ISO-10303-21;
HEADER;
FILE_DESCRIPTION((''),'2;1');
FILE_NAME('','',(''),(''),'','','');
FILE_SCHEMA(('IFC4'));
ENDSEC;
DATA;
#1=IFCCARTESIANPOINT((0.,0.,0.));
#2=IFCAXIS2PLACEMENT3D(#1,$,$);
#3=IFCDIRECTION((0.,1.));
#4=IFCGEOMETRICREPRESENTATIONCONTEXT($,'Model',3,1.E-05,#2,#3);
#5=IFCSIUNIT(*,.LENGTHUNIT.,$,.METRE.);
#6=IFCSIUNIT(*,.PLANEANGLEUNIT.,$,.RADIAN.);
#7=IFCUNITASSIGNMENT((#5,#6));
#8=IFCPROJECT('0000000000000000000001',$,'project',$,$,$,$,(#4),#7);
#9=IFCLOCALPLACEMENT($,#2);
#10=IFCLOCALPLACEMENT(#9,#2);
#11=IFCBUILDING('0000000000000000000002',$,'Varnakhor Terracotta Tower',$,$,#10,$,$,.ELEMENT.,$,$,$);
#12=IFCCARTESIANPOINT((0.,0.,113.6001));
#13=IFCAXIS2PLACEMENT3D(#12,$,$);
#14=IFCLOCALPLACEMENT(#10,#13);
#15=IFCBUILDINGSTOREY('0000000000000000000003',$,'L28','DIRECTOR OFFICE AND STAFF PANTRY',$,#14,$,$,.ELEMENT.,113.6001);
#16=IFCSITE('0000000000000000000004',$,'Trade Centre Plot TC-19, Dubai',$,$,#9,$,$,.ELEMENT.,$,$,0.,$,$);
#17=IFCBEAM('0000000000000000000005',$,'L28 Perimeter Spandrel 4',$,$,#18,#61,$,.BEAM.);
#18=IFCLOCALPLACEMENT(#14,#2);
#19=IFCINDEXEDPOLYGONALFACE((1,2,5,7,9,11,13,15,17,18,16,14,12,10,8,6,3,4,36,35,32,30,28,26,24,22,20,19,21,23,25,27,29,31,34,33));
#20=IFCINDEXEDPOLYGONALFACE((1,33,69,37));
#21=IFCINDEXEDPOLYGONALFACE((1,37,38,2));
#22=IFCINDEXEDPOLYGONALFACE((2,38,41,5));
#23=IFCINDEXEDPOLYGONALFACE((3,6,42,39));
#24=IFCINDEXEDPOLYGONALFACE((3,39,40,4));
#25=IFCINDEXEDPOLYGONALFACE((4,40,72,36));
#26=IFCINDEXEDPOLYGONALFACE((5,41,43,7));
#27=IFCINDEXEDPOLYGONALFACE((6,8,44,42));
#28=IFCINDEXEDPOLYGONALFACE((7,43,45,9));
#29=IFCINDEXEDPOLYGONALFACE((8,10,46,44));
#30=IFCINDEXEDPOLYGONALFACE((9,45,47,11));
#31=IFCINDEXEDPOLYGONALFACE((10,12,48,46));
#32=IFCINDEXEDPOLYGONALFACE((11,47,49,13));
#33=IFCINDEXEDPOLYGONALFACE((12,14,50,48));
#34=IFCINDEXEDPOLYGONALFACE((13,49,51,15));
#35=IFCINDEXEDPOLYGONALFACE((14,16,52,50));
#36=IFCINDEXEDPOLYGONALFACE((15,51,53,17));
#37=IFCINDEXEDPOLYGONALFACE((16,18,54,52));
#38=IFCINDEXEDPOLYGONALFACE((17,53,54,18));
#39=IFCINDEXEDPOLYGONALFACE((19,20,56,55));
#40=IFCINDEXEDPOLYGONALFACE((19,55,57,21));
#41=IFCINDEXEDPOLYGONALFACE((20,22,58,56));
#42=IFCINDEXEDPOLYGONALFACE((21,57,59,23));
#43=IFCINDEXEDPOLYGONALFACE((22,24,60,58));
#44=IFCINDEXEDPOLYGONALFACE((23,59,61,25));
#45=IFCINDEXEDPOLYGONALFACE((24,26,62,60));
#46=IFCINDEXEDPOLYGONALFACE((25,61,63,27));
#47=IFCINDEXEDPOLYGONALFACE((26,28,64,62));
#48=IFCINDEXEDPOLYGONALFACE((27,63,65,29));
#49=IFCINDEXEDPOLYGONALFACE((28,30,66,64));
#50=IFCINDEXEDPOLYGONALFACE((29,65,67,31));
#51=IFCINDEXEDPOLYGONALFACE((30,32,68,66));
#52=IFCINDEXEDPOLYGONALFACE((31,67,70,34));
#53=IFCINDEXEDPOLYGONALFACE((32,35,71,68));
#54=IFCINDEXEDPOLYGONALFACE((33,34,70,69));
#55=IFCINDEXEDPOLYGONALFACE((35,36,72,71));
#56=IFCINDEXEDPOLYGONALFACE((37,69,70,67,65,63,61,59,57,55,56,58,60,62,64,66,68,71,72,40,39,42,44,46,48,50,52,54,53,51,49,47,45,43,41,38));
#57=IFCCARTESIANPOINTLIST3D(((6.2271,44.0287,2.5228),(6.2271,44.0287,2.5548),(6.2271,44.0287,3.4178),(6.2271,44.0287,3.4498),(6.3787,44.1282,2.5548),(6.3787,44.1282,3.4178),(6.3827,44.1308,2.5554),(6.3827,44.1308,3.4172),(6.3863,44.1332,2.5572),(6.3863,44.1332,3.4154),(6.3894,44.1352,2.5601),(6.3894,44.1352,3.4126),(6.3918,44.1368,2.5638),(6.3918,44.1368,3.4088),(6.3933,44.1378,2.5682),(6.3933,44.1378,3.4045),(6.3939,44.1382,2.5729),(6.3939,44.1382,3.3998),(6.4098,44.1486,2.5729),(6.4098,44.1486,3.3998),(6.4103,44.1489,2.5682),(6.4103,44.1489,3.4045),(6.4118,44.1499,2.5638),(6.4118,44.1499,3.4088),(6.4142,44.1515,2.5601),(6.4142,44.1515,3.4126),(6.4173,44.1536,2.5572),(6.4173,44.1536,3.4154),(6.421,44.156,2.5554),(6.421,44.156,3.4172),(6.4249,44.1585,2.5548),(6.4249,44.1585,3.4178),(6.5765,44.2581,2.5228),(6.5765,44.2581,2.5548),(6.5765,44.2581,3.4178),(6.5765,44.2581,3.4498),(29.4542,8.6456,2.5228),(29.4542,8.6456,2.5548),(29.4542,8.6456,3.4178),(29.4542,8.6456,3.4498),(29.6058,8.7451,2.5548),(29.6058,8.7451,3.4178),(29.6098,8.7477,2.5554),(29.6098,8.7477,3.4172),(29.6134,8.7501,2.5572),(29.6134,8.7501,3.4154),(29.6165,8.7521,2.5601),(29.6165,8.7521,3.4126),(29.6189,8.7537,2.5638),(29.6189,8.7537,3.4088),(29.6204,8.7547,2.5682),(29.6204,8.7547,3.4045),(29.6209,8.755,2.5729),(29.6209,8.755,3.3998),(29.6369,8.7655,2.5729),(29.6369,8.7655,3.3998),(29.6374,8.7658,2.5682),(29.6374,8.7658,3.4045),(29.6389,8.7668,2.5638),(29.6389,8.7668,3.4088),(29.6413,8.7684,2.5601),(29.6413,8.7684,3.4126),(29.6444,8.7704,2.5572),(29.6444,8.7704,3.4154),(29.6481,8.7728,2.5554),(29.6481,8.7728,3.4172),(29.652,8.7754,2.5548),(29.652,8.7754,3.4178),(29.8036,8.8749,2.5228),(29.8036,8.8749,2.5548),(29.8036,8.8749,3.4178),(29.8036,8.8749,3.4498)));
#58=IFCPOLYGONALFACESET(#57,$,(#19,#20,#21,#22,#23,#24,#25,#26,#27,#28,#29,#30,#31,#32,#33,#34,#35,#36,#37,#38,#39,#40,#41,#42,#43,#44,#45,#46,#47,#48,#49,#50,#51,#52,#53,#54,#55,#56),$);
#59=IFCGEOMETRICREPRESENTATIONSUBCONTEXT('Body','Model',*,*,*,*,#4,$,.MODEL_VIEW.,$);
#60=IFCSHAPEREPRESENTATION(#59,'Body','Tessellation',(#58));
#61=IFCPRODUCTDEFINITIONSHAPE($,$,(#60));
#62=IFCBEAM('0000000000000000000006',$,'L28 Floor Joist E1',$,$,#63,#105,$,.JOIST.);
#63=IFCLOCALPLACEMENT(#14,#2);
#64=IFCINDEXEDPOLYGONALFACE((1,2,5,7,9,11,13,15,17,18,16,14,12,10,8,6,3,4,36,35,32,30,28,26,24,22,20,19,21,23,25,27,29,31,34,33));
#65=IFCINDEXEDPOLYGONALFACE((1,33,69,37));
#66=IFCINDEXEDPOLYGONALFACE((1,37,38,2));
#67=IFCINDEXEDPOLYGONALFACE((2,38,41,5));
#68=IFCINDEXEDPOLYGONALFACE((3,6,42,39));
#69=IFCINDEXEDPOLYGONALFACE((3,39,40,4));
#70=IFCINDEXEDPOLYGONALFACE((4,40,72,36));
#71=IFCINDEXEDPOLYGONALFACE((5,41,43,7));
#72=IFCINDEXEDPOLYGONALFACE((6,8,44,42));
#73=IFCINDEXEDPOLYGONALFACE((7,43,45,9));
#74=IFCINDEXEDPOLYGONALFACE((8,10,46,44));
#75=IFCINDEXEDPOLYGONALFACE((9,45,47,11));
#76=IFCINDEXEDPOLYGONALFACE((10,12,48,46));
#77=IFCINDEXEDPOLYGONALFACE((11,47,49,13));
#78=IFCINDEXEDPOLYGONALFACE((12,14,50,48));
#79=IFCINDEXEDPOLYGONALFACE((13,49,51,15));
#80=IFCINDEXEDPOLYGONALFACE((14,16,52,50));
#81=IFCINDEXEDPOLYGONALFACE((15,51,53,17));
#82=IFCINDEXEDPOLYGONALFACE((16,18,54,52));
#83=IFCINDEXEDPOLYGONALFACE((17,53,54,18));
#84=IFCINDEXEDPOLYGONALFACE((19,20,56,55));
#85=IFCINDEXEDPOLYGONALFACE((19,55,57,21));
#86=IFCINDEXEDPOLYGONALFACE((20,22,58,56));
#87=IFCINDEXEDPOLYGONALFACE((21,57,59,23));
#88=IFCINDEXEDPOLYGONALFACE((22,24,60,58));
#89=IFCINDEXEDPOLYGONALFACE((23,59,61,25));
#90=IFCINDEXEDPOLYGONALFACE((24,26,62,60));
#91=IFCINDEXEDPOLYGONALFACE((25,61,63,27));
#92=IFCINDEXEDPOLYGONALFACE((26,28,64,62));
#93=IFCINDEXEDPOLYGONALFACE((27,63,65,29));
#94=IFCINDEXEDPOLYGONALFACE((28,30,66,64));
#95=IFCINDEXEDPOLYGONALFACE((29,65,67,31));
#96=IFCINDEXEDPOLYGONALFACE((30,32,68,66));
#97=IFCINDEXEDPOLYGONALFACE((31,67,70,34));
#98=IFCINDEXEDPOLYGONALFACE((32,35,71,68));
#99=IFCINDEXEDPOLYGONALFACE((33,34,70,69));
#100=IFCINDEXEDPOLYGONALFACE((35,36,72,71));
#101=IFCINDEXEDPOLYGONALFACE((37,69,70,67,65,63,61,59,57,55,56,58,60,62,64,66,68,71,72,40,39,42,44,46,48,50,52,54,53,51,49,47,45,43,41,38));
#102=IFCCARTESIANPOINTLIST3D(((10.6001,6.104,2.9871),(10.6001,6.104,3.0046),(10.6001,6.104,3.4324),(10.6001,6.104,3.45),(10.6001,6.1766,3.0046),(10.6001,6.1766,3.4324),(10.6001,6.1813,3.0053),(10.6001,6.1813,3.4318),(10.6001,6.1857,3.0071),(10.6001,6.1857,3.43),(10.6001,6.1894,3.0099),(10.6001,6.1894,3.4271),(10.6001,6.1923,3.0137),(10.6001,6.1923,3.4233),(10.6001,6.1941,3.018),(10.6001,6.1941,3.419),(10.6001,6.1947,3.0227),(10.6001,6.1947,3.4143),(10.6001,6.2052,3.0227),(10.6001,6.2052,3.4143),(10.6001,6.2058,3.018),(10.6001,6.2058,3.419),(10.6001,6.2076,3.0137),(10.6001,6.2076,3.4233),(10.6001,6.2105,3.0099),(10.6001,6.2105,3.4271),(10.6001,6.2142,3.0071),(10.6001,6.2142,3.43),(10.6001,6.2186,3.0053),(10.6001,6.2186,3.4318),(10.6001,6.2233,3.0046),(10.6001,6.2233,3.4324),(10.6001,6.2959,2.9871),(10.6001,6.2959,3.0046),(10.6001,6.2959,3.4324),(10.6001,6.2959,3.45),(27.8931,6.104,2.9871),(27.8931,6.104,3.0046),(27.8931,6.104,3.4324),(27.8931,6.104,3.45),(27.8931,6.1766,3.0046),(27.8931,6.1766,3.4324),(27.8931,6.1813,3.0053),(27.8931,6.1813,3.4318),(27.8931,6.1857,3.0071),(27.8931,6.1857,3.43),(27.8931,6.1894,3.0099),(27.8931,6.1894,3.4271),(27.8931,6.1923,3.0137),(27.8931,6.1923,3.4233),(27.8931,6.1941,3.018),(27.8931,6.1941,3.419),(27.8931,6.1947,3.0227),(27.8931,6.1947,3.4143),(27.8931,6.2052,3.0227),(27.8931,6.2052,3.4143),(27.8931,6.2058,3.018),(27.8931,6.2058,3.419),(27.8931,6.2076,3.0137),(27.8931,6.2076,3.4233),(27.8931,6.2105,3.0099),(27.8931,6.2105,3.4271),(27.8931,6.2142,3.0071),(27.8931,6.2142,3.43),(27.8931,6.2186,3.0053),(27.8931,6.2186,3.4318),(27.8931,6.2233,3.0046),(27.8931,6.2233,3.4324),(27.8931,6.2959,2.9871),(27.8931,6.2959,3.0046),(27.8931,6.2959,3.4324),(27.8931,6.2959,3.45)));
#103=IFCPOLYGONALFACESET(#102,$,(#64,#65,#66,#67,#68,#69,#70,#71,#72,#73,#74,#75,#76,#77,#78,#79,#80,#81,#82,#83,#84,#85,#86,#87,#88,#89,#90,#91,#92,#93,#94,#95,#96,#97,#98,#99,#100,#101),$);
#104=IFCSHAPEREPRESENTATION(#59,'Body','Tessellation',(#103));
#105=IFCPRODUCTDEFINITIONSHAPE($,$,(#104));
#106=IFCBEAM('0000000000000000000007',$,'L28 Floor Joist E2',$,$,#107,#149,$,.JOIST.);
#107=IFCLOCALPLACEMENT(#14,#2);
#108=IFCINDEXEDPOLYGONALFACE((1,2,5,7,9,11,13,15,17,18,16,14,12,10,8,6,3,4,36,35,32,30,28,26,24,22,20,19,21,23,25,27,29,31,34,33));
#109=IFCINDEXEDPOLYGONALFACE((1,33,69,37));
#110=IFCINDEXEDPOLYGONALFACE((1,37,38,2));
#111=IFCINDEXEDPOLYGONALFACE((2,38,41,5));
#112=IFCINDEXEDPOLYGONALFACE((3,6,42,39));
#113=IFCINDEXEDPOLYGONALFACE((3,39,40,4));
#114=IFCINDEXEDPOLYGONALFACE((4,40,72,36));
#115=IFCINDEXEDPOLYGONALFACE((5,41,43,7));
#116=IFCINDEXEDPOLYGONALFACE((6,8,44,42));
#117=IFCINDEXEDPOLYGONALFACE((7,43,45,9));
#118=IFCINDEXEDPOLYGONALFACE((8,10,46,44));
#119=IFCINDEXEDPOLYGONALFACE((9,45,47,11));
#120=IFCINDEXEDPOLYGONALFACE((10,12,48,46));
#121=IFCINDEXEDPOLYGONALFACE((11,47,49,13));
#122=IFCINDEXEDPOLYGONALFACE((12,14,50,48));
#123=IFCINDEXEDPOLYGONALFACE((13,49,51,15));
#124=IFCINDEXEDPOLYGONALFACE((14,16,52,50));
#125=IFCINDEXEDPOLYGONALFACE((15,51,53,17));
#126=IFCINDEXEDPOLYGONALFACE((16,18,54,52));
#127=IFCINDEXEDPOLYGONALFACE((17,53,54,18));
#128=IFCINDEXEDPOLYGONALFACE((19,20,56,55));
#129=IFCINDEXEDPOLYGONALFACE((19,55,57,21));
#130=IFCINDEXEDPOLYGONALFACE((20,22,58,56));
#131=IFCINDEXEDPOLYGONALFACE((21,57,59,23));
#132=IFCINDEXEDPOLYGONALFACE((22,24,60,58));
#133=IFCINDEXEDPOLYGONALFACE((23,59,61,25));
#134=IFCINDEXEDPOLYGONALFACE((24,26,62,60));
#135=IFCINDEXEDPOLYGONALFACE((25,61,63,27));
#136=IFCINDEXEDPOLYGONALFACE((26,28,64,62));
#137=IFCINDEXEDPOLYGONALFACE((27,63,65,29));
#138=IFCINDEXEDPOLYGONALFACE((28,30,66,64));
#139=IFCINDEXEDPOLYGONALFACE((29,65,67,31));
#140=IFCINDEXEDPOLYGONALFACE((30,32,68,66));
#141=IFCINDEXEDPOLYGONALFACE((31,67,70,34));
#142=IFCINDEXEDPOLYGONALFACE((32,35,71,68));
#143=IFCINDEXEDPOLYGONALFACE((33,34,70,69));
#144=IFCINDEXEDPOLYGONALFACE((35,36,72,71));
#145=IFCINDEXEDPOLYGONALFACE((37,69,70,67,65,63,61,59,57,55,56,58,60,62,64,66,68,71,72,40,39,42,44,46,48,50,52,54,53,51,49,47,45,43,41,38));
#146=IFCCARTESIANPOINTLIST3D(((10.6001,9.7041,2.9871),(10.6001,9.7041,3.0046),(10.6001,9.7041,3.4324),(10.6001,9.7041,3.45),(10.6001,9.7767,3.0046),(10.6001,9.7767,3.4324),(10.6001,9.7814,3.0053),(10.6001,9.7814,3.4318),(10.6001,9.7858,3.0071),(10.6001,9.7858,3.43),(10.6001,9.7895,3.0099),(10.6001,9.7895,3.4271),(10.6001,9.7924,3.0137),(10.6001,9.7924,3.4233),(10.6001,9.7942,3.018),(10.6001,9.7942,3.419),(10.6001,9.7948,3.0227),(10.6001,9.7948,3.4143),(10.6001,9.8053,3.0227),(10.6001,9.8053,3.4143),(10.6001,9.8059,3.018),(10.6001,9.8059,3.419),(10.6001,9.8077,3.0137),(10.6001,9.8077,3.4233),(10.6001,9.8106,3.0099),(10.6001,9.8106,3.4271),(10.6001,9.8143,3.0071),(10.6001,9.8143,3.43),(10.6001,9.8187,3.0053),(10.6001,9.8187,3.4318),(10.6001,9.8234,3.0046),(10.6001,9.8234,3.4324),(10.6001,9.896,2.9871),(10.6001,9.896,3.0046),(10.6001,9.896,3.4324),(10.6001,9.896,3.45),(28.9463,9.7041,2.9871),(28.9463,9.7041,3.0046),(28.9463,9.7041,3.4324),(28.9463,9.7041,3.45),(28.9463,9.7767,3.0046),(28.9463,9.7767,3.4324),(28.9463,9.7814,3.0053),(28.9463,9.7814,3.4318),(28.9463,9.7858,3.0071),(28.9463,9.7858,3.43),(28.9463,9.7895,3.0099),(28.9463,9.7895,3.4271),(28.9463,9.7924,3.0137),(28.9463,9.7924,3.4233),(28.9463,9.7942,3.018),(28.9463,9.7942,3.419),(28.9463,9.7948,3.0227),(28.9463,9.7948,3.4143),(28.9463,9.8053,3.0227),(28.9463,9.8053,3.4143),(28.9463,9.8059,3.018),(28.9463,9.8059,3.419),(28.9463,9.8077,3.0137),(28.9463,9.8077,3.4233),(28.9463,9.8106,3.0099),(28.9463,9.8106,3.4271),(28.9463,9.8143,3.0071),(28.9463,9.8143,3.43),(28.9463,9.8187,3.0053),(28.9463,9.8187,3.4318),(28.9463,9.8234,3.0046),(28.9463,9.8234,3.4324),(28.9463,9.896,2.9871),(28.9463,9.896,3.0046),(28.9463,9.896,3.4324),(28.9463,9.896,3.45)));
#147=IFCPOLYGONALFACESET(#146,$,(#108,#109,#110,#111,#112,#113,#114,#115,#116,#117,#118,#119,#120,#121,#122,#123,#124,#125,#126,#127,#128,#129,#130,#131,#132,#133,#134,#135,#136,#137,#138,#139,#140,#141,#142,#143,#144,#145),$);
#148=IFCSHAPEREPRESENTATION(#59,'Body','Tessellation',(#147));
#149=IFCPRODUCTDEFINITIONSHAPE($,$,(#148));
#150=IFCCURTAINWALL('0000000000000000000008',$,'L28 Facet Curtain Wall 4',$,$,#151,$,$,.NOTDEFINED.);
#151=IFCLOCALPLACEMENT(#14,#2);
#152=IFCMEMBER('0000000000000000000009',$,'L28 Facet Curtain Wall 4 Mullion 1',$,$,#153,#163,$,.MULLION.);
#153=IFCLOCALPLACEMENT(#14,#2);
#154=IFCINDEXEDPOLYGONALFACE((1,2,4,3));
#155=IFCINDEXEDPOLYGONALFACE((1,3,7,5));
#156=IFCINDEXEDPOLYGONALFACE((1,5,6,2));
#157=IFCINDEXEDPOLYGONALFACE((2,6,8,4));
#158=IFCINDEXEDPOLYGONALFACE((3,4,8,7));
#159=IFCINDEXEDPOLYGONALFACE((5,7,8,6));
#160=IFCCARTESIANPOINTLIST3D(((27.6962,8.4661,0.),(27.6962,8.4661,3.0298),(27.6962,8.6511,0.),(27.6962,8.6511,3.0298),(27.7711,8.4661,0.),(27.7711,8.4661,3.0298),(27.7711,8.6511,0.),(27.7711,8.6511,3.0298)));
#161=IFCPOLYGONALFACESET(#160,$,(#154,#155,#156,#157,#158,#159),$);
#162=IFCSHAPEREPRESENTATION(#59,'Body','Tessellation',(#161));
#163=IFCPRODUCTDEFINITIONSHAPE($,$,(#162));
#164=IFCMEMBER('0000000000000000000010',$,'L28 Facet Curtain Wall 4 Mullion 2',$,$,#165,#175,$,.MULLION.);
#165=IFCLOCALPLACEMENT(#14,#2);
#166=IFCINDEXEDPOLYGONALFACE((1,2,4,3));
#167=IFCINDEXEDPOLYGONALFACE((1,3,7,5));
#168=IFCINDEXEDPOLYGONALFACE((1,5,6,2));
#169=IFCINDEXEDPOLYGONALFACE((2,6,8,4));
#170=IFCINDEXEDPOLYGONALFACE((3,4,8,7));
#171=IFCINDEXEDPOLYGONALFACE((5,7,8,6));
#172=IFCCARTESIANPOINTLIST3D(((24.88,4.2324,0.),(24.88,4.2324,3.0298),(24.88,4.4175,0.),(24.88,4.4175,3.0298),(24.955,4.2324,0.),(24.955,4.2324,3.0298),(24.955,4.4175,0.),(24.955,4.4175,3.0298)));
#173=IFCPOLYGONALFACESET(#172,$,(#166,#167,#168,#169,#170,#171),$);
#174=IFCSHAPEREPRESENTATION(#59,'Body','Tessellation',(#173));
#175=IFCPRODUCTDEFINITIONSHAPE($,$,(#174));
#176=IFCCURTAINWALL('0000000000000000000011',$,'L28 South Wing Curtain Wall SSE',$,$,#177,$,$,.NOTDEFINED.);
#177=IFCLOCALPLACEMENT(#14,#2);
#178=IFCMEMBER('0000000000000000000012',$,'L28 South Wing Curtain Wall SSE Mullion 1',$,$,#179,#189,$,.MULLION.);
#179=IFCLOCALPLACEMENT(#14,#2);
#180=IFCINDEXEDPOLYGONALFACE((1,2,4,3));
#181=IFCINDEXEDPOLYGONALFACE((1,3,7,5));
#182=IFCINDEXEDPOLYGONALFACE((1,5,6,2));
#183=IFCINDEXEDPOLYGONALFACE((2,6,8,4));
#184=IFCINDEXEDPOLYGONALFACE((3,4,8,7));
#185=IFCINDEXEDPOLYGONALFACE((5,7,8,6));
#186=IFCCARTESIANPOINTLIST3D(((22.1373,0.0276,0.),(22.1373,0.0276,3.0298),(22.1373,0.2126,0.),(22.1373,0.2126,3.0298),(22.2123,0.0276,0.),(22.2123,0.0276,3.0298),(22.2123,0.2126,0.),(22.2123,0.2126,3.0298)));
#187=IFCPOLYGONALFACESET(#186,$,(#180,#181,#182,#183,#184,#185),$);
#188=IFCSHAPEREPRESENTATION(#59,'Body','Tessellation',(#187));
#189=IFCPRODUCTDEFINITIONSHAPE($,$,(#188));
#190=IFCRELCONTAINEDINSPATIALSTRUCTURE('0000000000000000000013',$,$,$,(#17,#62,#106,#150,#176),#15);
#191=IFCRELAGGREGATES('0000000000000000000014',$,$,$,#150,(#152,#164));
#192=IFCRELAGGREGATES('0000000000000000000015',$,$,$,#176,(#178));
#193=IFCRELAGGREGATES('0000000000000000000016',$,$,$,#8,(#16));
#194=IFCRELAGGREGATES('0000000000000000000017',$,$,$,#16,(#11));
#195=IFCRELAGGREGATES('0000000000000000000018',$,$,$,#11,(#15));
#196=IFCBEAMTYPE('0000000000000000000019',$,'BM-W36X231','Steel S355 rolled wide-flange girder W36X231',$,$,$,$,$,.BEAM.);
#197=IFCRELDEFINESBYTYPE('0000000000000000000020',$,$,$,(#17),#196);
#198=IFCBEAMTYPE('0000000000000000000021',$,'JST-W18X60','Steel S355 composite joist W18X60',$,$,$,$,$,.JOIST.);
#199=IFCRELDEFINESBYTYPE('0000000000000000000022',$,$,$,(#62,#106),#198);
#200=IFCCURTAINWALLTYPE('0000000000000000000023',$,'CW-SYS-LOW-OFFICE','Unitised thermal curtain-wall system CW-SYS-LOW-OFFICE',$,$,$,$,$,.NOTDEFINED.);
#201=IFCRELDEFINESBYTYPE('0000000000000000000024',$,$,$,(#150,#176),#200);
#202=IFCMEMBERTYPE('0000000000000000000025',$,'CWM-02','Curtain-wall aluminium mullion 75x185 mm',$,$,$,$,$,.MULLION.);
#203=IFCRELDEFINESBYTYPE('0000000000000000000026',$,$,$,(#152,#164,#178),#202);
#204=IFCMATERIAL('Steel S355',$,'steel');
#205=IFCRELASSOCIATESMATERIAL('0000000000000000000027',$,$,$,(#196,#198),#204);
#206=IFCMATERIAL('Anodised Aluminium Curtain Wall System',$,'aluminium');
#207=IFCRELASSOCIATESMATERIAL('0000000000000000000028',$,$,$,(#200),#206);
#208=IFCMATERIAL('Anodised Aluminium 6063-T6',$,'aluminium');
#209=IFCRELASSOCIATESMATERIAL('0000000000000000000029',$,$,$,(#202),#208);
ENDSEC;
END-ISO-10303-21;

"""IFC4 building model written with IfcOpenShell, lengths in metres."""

from ifc_helpers import new_model, si_unit, direction, frame, origin, origin_2d, place, context, subcontext, project, spatial, rectangle, i_section, extrude, source, transform, mapped, material, material_profile, profile_set, type_object, element, aggregate, save


model = new_model("IFC4")

# Units and contexts
model_context = context("Model", 3, precision=1e-05, world=origin(), true_north=direction((0.0, 1.0)))
body_context = subcontext(model_context, "Body", "Model", "MODEL_VIEW")
ifc_project = project(units=[si_unit("LENGTHUNIT", "METRE"), si_unit("PLANEANGLEUNIT", "RADIAN")], contexts=[model_context])

# Site, building, storey
site_placement = place(None, origin())
site = spatial("IfcSite", under=ifc_project, at=site_placement, Name="Trade Centre Plot TC-19, Dubai", CompositionType="ELEMENT", RefElevation=0.0)
building_placement = place(site_placement, origin())
building = spatial("IfcBuilding", under=site, at=building_placement, Name="Varnakhor Terracotta Tower", CompositionType="ELEMENT")
storey_placement = place(building_placement, frame((0.0, 0.0, 113.6001)))
storey = spatial("IfcBuildingStorey", under=building, at=storey_placement, Name="L28", Description="DIRECTOR OFFICE AND STAFF PANTRY", CompositionType="ELEMENT", Elevation=113.6001)

# Beams
ifc_material_1 = material(Name="Steel S355", Category="steel")
ifc_material_profile_1 = material_profile(ifc_material_1, i_section(OverallWidth=0.418, OverallDepth=0.927, WebThickness=0.019, FlangeThickness=0.032, FilletRadius=0.0181, at=origin_2d()), Name="W36X231")
ifc_profile_set_1 = profile_set([ifc_material_profile_1], Name="Steel S355")
beam_type_1 = type_object("IfcBeamType", Name="BM-W36X231", Description="Steel S355 rolled wide-flange girder W36X231", PredefinedType="BEAM", material=ifc_profile_set_1)
shared_shape_1 = source(origin(), body_context, "Body", "SweptSolid", [
    extrude(i_section(OverallWidth=0.418, OverallDepth=0.927, WebThickness=0.019, FlangeThickness=0.032, FilletRadius=0.0181, at=origin_2d()), origin(), (0.0, 0.0, 1.0), 42.3257),
])
beam_1_placement = place(storey_placement, frame((29.6289, 8.7603, 2.9863), z_axis=(-0.548771, 0.835973, 0.0), x_axis=(-0.835973, -0.548771, 0.0)))
element("IfcBeam", 1, at=beam_1_placement, inside=storey, type_object=beam_type_1, Name="L28 Perimeter Spandrel 4", PredefinedType="BEAM", context=body_context, shape_type="MappedRepresentation", body=[
    mapped(shared_shape_1, transform((0.0, 0.0, 0.0), scale=1.0)),
])
ifc_material_profile_2 = material_profile(ifc_material_1, i_section(OverallWidth=0.1919, OverallDepth=0.4629, WebThickness=0.0105, FlangeThickness=0.0176, FilletRadius=0.0181, at=origin_2d()), Name="W18X60")
ifc_profile_set_2 = profile_set([ifc_material_profile_2], Name="Steel S355")
beam_type_2 = type_object("IfcBeamType", Name="JST-W18X60", Description="Steel S355 composite joist W18X60", PredefinedType="JOIST", material=ifc_profile_set_2)
shared_shape_2 = source(origin(), body_context, "Body", "SweptSolid", [
    extrude(i_section(OverallWidth=0.1919, OverallDepth=0.4629, WebThickness=0.0105, FlangeThickness=0.0176, FilletRadius=0.0181, at=origin_2d()), origin(), (0.0, 0.0, 1.0), 17.293),
])
beam_2_placement = place(storey_placement, frame((10.6001, 6.2, 3.2185), z_axis=(1.0, 0.0, 0.0), x_axis=(0.0, 1.0, 0.0)))
element("IfcBeam", 2, at=beam_2_placement, inside=storey, type_object=beam_type_2, Name="L28 Floor Joist E1", PredefinedType="JOIST", context=body_context, shape_type="MappedRepresentation", body=[
    mapped(shared_shape_2, transform((0.0, 0.0, 0.0), scale=1.0)),
])
shared_shape_3 = source(origin(), body_context, "Body", "SweptSolid", [
    extrude(i_section(OverallWidth=0.1919, OverallDepth=0.4629, WebThickness=0.0105, FlangeThickness=0.0176, FilletRadius=0.0181, at=origin_2d()), origin(), (0.0, 0.0, 1.0), 18.3462),
])
beam_3_placement = place(storey_placement, frame((10.6001, 9.8, 3.2185), z_axis=(1.0, 0.0, 0.0), x_axis=(0.0, 1.0, 0.0)))
element("IfcBeam", 3, at=beam_3_placement, inside=storey, type_object=beam_type_2, Name="L28 Floor Joist E2", PredefinedType="JOIST", context=body_context, shape_type="MappedRepresentation", body=[
    mapped(shared_shape_3, transform((0.0, 0.0, 0.0), scale=1.0)),
])

# Curtain walls, members
ifc_material_2 = material(Name="Anodised Aluminium Curtain Wall System", Category="aluminium")
curtain_wall_type = type_object("IfcCurtainWallType", Name="CW-SYS-LOW-OFFICE", Description="Unitised thermal curtain-wall system CW-SYS-LOW-OFFICE", PredefinedType="NOTDEFINED", material=ifc_material_2)
curtain_wall_1_placement = place(storey_placement, origin())
curtain_wall_1 = element("IfcCurtainWall", 4, at=curtain_wall_1_placement, inside=storey, type_object=curtain_wall_type, Name="L28 Facet Curtain Wall 4", PredefinedType="NOTDEFINED")
ifc_material_3 = material(Name="Anodised Aluminium 6063-T6", Category="aluminium")
ifc_material_profile_3 = material_profile(ifc_material_3, rectangle(XDim=0.075, YDim=0.1851, at=origin_2d()), Name="ALU MULLION 75x185")
ifc_profile_set_3 = profile_set([ifc_material_profile_3], Name="Anodised Aluminium 6063-T6")
member_type_1 = type_object("IfcMemberType", Name="CWM-02", Description="Curtain-wall aluminium mullion 75x185 mm", PredefinedType="MULLION", material=ifc_profile_set_3)
shared_shape_4 = source(origin(), body_context, "Body", "SweptSolid", [
    extrude(rectangle(XDim=0.075, YDim=0.1851, at=origin_2d()), origin(), (0.0, 0.0, 1.0), 3.0298),
])
member_1_placement = place(storey_placement, frame((27.7336, 8.5586, 0.0), z_axis=(0.0, 0.0, 1.0), x_axis=(1.0, 0.0, 0.0)))
member_1 = element("IfcMember", 5, at=member_1_placement, type_object=member_type_1, Name="L28 Facet Curtain Wall 4 Mullion 1", PredefinedType="MULLION", context=body_context, shape_type="MappedRepresentation", body=[
    mapped(shared_shape_4, transform((0.0, 0.0, 0.0), scale=1.0)),
])
member_2_placement = place(storey_placement, frame((24.9175, 4.325, 0.0), z_axis=(0.0, 0.0, 1.0), x_axis=(1.0, 0.0, 0.0)))
member_2 = element("IfcMember", 6, at=member_2_placement, type_object=member_type_1, Name="L28 Facet Curtain Wall 4 Mullion 2", PredefinedType="MULLION", context=body_context, shape_type="MappedRepresentation", body=[
    mapped(shared_shape_4, transform((0.0, 0.0, 0.0), scale=1.0)),
])
curtain_wall_2_placement = place(storey_placement, origin())
curtain_wall_2 = element("IfcCurtainWall", 7, at=curtain_wall_2_placement, inside=storey, type_object=curtain_wall_type, Name="L28 South Wing Curtain Wall SSE", PredefinedType="NOTDEFINED")
member_3_placement = place(storey_placement, frame((22.1748, 0.1201, 0.0), z_axis=(0.0, 0.0, 1.0), x_axis=(1.0, 0.0, 0.0)))
member_3 = element("IfcMember", 8, at=member_3_placement, type_object=member_type_1, Name="L28 South Wing Curtain Wall SSE Mullion 1", PredefinedType="MULLION", context=body_context, shape_type="MappedRepresentation", body=[
    mapped(shared_shape_4, transform((0.0, 0.0, 0.0), scale=1.0)),
])

aggregate(curtain_wall_1, [member_1, member_2])
aggregate(curtain_wall_2, [member_3])

save(model, "model.ifc")
